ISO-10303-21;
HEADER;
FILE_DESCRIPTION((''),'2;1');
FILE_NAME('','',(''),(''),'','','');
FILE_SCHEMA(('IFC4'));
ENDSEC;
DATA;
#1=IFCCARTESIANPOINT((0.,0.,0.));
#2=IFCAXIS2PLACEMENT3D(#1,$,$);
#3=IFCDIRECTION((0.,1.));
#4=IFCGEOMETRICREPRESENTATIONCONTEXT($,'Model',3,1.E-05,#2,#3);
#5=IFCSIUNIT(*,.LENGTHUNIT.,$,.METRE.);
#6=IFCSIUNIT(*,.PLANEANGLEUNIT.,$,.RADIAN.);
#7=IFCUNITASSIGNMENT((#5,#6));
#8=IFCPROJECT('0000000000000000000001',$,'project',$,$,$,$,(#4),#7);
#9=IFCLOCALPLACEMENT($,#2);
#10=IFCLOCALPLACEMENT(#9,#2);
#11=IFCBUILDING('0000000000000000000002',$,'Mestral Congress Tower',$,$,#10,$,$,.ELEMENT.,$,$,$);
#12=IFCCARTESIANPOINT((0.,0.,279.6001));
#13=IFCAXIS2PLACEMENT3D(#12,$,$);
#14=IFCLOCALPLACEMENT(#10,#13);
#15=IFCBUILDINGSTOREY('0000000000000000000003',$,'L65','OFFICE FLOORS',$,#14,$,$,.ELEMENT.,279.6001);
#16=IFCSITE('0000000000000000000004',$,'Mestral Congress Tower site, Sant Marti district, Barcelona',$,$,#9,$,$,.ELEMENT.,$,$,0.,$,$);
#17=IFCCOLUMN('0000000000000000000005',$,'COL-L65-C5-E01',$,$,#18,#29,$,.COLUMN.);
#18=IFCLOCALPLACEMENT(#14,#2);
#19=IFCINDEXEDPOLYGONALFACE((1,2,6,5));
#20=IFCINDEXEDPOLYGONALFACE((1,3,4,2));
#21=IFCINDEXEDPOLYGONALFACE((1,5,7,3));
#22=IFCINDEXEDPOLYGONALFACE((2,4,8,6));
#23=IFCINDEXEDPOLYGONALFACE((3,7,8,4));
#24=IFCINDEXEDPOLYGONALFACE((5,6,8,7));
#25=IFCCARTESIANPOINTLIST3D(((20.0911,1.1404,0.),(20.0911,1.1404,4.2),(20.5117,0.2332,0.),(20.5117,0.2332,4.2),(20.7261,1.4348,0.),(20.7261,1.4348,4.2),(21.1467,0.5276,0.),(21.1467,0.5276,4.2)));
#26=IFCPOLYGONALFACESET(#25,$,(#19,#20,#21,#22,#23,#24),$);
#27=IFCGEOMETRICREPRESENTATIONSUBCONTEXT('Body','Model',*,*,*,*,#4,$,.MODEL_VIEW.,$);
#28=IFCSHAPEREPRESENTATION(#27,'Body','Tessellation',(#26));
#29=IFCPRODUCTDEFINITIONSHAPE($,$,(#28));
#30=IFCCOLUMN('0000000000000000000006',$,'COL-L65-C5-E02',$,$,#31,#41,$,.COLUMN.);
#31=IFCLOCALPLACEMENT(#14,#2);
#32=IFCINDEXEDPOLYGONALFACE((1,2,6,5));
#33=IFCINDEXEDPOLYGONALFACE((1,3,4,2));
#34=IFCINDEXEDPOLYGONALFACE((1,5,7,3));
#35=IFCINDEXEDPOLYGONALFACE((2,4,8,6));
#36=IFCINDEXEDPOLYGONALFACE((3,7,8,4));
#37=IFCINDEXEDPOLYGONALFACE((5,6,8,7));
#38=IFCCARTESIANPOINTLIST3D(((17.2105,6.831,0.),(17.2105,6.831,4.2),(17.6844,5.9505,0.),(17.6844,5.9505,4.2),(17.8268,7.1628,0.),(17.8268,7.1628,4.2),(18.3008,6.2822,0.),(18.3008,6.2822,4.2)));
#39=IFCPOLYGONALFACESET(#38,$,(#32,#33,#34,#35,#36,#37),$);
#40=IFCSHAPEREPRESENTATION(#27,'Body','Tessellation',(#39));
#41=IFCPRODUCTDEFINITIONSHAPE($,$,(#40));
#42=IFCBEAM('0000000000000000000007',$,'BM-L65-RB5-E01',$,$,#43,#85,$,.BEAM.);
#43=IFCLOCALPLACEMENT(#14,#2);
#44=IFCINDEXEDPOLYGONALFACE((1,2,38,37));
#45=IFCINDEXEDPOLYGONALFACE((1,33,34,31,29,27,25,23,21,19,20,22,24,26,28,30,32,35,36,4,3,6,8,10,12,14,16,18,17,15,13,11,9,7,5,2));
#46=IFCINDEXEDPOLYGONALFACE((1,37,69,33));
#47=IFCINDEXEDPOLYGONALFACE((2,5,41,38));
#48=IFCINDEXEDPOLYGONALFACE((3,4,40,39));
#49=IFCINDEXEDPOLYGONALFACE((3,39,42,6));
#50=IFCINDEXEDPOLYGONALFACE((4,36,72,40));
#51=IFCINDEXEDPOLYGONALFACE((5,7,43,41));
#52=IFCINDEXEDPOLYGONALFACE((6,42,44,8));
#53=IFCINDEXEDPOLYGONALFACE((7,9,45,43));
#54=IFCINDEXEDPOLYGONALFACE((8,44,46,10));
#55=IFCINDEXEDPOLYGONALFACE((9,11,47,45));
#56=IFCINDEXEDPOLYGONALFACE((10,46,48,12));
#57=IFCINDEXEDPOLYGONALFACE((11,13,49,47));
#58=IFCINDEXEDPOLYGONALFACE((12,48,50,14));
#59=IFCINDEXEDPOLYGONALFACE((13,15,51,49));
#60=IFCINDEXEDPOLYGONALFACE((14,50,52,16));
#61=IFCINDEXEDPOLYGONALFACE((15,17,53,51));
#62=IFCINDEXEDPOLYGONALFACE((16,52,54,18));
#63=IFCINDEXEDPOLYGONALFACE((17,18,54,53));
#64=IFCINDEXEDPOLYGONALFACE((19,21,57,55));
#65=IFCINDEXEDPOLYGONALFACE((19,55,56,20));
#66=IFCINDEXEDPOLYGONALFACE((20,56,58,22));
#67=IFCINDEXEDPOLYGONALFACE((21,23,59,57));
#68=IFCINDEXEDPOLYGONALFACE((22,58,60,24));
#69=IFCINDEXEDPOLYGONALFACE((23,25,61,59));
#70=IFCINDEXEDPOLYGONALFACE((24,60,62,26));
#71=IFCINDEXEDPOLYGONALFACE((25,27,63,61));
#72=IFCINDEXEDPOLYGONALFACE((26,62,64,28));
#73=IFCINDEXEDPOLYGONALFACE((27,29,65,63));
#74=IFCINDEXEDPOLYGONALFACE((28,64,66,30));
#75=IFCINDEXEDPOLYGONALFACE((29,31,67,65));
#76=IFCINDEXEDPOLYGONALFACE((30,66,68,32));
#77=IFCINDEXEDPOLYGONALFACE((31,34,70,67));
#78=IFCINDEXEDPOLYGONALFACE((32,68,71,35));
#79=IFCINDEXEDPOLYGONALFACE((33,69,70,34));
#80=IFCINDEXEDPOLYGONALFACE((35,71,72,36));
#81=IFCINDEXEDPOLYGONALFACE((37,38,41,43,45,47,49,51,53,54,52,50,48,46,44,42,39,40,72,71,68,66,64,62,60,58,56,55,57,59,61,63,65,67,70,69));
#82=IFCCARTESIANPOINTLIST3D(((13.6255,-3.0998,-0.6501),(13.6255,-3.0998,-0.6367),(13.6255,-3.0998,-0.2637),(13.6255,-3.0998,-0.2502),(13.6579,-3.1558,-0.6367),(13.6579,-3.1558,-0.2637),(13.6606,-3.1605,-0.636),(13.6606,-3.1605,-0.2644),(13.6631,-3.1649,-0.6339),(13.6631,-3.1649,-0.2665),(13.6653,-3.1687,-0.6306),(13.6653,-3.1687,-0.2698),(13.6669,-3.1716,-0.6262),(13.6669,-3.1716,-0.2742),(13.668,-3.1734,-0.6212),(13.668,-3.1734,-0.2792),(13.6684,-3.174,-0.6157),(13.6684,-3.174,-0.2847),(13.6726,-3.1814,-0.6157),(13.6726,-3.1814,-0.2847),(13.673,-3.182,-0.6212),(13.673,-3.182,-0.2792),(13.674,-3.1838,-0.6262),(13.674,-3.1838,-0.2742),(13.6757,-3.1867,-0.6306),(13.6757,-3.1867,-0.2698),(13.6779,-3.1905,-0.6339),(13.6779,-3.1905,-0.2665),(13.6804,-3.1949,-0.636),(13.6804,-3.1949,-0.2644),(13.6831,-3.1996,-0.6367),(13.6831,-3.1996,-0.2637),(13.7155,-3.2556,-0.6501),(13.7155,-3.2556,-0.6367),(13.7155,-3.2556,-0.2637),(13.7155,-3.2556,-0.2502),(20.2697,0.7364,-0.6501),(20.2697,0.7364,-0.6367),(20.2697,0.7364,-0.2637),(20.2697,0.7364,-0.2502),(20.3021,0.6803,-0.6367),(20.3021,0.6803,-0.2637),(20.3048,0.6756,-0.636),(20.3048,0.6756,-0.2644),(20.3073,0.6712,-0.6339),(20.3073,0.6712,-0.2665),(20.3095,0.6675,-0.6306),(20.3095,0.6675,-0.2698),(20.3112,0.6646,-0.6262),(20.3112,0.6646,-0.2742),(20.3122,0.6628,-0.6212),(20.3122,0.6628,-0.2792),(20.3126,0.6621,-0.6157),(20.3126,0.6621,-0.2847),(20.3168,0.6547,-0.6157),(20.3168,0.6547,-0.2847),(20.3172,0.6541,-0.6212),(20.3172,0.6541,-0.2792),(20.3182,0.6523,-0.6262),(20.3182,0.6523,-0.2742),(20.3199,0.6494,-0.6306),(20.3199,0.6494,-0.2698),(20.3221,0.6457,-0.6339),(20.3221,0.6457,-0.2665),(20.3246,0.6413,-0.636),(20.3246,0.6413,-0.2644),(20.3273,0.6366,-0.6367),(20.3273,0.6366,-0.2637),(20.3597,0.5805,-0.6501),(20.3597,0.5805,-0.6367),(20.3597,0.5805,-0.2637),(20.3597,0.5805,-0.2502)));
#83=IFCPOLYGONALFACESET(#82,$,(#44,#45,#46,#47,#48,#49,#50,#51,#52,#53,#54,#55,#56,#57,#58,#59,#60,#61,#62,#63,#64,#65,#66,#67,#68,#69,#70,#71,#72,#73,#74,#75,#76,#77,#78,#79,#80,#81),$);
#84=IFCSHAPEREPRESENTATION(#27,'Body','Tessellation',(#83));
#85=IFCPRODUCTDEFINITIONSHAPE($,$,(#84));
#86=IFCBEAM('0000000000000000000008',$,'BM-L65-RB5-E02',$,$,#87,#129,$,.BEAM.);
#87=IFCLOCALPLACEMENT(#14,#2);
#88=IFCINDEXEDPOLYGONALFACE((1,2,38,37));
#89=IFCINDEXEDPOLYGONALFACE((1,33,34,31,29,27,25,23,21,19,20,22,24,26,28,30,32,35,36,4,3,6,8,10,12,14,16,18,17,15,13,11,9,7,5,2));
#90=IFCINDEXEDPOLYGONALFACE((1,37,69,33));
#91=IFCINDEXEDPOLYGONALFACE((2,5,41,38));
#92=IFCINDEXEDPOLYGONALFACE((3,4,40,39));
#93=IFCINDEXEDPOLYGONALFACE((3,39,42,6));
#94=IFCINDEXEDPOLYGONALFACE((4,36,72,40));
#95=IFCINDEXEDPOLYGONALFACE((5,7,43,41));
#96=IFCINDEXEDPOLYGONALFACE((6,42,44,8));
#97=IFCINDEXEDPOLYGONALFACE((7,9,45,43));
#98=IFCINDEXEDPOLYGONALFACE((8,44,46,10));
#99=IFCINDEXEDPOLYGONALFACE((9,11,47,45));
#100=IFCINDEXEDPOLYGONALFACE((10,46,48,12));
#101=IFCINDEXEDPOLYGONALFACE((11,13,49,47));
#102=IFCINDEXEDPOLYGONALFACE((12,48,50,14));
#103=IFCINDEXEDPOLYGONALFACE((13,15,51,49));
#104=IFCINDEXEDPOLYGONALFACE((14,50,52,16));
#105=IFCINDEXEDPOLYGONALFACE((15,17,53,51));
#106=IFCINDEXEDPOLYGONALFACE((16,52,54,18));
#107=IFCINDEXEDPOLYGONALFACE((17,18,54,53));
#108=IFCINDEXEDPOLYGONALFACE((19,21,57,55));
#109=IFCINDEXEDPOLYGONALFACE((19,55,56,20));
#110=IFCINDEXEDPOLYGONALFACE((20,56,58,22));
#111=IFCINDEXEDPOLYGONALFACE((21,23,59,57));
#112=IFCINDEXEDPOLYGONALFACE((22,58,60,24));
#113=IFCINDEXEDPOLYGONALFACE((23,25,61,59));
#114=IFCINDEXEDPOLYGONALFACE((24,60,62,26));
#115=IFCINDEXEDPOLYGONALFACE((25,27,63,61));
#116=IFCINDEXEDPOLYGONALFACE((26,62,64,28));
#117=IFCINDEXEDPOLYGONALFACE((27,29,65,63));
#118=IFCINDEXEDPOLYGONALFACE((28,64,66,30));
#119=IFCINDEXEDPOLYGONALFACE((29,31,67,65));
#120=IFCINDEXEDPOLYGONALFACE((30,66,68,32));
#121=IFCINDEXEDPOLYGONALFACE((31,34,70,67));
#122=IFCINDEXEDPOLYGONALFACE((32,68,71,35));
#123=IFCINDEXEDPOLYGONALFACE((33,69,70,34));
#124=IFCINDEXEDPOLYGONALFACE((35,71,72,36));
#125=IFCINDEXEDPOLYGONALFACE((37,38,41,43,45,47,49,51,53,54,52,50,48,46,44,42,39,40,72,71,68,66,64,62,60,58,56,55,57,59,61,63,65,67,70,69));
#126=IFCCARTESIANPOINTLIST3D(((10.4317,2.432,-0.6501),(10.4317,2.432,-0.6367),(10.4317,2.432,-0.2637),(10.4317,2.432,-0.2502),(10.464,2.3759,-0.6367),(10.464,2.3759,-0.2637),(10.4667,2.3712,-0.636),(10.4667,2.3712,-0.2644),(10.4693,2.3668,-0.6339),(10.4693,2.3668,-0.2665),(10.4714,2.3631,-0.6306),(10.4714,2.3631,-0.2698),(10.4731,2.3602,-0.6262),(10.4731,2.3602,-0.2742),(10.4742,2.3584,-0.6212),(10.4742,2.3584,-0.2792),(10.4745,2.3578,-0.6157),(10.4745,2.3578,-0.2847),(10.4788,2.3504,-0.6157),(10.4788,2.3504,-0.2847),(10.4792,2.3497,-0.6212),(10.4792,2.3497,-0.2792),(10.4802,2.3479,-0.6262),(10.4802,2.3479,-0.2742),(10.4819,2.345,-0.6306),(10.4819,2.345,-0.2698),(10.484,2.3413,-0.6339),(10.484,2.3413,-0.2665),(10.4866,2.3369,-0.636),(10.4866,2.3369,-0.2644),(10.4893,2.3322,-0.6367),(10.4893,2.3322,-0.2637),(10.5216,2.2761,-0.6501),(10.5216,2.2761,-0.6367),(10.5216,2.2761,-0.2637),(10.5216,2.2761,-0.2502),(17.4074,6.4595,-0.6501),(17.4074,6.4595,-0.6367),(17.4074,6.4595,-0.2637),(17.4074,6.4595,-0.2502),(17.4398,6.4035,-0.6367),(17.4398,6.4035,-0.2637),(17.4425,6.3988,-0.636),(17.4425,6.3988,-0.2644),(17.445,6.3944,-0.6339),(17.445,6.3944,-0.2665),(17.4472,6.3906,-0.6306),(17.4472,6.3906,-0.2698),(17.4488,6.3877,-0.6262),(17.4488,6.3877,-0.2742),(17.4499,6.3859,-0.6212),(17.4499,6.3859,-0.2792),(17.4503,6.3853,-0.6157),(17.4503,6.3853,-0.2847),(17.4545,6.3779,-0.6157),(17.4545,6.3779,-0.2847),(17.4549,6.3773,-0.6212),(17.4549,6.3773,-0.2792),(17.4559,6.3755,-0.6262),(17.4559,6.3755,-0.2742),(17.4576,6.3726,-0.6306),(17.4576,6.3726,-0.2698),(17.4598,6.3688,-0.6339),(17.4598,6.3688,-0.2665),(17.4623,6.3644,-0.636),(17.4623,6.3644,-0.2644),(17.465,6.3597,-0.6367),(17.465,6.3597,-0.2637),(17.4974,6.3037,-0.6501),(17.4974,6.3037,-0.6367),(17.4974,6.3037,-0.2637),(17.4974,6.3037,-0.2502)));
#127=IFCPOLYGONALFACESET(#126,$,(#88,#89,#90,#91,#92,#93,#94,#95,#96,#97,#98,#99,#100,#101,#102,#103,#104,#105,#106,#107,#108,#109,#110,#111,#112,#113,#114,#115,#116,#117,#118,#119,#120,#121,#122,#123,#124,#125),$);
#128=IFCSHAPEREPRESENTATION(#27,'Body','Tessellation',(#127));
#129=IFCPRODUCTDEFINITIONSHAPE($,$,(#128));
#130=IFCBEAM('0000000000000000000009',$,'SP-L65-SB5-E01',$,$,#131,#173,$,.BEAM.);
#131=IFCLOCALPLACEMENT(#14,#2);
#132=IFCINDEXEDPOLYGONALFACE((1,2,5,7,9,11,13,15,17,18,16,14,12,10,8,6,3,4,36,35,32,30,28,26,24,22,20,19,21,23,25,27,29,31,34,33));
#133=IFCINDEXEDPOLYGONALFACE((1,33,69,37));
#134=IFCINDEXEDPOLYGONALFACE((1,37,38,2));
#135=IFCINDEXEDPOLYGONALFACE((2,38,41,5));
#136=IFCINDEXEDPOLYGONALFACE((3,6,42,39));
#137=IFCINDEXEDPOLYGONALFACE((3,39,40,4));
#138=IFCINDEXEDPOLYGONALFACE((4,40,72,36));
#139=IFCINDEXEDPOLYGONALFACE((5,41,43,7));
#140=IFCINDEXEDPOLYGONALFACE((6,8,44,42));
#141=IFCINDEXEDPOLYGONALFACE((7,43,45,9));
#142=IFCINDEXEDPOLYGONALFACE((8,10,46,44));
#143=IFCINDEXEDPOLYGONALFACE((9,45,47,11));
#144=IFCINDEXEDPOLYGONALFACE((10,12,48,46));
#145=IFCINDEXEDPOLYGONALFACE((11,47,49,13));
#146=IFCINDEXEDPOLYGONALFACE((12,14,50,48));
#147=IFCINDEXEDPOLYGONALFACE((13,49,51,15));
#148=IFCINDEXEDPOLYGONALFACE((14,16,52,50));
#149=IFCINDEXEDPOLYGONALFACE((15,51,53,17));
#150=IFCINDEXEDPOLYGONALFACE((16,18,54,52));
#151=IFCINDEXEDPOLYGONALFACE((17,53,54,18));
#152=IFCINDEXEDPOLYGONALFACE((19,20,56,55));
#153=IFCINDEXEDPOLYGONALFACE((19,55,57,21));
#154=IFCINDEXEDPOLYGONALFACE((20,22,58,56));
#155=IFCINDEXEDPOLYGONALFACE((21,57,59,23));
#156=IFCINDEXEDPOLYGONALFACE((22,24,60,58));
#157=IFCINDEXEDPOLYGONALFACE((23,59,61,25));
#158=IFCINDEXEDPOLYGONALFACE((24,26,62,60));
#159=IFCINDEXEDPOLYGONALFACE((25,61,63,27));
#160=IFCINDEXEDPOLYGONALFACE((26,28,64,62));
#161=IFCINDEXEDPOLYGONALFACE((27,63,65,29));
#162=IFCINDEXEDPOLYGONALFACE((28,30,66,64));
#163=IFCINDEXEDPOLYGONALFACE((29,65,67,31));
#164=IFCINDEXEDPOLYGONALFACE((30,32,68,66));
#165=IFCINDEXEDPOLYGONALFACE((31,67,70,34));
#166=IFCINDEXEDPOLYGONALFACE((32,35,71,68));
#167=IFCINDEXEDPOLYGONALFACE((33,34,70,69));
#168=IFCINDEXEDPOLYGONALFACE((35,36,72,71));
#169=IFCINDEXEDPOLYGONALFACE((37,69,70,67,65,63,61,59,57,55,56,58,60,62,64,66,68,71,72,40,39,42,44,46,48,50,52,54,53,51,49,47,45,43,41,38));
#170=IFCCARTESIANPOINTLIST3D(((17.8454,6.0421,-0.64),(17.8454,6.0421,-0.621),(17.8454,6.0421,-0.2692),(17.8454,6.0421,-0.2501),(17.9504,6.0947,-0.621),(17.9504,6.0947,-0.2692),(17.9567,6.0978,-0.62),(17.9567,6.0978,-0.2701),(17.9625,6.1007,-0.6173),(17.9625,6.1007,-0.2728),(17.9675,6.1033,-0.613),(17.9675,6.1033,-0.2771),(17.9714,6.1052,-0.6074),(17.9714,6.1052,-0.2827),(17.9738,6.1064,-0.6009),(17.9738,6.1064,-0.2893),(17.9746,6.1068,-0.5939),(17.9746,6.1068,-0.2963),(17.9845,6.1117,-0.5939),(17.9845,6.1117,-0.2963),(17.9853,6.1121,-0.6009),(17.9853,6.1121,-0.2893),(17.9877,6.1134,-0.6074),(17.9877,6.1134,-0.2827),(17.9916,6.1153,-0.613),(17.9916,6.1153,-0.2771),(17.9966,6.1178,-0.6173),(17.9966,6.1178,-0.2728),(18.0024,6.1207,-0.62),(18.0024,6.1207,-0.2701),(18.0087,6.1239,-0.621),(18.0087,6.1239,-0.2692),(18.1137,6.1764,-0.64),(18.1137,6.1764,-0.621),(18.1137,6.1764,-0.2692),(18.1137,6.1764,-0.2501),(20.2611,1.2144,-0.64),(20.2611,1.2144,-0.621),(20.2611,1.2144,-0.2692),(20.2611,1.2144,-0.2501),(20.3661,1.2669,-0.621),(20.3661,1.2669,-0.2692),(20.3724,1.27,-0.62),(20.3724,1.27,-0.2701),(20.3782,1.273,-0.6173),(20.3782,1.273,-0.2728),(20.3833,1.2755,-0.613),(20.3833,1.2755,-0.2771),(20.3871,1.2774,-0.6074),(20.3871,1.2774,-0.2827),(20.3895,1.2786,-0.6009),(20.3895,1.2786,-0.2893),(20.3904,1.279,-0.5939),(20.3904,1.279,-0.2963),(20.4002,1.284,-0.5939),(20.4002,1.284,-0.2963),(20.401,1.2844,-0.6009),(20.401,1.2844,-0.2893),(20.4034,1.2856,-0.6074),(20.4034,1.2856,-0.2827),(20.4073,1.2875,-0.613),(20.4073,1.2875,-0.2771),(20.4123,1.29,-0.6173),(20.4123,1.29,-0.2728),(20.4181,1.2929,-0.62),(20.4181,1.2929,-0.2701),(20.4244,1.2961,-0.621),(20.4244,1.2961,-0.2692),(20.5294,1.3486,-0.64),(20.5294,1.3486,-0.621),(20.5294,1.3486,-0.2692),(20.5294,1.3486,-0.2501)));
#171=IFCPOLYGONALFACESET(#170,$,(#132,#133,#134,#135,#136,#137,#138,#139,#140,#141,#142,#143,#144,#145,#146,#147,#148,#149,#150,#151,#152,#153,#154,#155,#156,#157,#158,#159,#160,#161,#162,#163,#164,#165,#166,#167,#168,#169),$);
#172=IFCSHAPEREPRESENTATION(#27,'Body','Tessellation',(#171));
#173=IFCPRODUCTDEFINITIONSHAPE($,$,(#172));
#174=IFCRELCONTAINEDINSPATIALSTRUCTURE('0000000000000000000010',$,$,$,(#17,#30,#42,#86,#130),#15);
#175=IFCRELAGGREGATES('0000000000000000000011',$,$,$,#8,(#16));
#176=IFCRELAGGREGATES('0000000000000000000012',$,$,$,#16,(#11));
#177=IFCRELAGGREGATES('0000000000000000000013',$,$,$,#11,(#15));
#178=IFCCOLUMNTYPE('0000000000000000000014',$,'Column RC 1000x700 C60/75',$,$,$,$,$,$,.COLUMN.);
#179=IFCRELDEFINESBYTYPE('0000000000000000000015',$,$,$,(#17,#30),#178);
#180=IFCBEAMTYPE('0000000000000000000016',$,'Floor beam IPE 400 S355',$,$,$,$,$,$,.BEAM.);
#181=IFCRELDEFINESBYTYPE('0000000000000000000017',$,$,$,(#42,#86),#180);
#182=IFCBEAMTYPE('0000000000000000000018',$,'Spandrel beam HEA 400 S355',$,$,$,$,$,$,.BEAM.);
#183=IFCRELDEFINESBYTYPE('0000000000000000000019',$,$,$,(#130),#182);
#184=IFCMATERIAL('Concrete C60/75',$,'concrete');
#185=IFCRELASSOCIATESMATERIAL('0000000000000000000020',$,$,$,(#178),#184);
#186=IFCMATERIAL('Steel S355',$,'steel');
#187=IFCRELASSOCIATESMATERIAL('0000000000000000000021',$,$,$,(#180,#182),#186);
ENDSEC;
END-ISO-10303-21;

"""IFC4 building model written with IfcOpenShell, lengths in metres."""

from ifc_helpers import new_model, si_unit, direction, frame, origin, origin_2d, place, context, subcontext, project, spatial, rectangle, i_section, extrude, material, material_profile, profile_set, type_object, element, save


model = new_model("IFC4")

# Units and contexts
model_context = context("Model", 3, precision=1e-05, world=origin(), true_north=direction((0.0, 1.0)))
body_context = subcontext(model_context, "Body", "Model", "MODEL_VIEW")
ifc_project = project(units=[si_unit("LENGTHUNIT", "METRE"), si_unit("PLANEANGLEUNIT", "RADIAN")], contexts=[model_context])

# Site, building, storey
site_placement = place(None, origin())
site = spatial("IfcSite", under=ifc_project, at=site_placement, Name="Mestral Congress Tower site, Sant Marti district, Barcelona", CompositionType="ELEMENT", RefElevation=0.0)
building_placement = place(site_placement, origin())
building = spatial("IfcBuilding", under=site, at=building_placement, Name="Mestral Congress Tower", CompositionType="ELEMENT")
storey_placement = place(building_placement, frame((0.0, 0.0, 279.6001)))
storey = spatial("IfcBuildingStorey", under=building, at=storey_placement, Name="L65", Description="OFFICE FLOORS", CompositionType="ELEMENT", Elevation=279.6001)

# Columns
ifc_material_1 = material(Name="Concrete C60/75", Category="concrete")
ifc_material_profile_1 = material_profile(ifc_material_1, rectangle(XDim=1.0, YDim=0.7, at=origin_2d()), Name="RC 1000x700")
ifc_profile_set_1 = profile_set([ifc_material_profile_1], Name="Concrete C60/75")
column_type = type_object("IfcColumnType", Name="Column RC 1000x700 C60/75", PredefinedType="COLUMN", material=ifc_profile_set_1)
for number, where, z_axis, x_axis, name in (
    (1, (20.6189, 0.834, 0.0), (0.0, 0.0, 1.0), (-0.420596, 0.907248, 0.0), "COL-L65-C5-E01"),
    (2, (17.7556, 6.5566, 0.0), (0.0, 0.0, 1.0), (-0.473945, 0.880554, 0.0), "COL-L65-C5-E02"),
):
    element("IfcColumn", number, at=place(storey_placement, frame(where, z_axis=z_axis, x_axis=x_axis)), inside=storey, type_object=column_type, Name=name, PredefinedType="COLUMN", context=body_context, shape_type="SweptSolid", body=[
        extrude(rectangle(XDim=1.0, YDim=0.7, at=origin_2d()), origin(), (0.0, 0.0, 1.0), 4.2),
    ])

# Beams
ifc_material_2 = material(Name="Steel S355", Category="steel")
ifc_material_profile_2 = material_profile(ifc_material_2, i_section(OverallWidth=0.1799, OverallDepth=0.3999, WebThickness=0.0085, FlangeThickness=0.0134, FilletRadius=0.021, at=origin_2d()), Name="IPE 400")
ifc_profile_set_2 = profile_set([ifc_material_profile_2], Name="Steel S355")
beam_type_1 = type_object("IfcBeamType", Name="Floor beam IPE 400 S355", PredefinedType="BEAM", material=ifc_profile_set_2)
beam_1_placement = place(storey_placement, frame((20.3147, 0.6584, -0.4502), z_axis=(-0.86602, -0.50001, 0.0), x_axis=(0.50001, -0.86602, 0.0)))
element("IfcBeam", 3, at=beam_1_placement, inside=storey, type_object=beam_type_1, Name="BM-L65-RB5-E01", PredefinedType="BEAM", context=body_context, shape_type="SweptSolid", body=[
    extrude(i_section(OverallWidth=0.1799, OverallDepth=0.3999, WebThickness=0.0085, FlangeThickness=0.0134, FilletRadius=0.021, at=origin_2d()), origin(), (0.0, 0.0, 1.0), 7.6721),
])
beam_2_placement = place(storey_placement, frame((17.4524, 6.3816, -0.4502), z_axis=(-0.866021, -0.500008, 0.0), x_axis=(0.500008, -0.866021, 0.0)))
element("IfcBeam", 4, at=beam_2_placement, inside=storey, type_object=beam_type_1, Name="BM-L65-RB5-E02", PredefinedType="BEAM", context=body_context, shape_type="SweptSolid", body=[
    extrude(i_section(OverallWidth=0.1799, OverallDepth=0.3999, WebThickness=0.0085, FlangeThickness=0.0134, FilletRadius=0.021, at=origin_2d()), origin(), (0.0, 0.0, 1.0), 8.0549),
])
ifc_material_profile_3 = material_profile(ifc_material_2, i_section(OverallWidth=0.3, OverallDepth=0.3899, WebThickness=0.011, FlangeThickness=0.019, FilletRadius=0.0271, at=origin_2d()), Name="HEA 400")
ifc_profile_set_3 = profile_set([ifc_material_profile_3], Name="Steel S355")
beam_type_2 = type_object("IfcBeamType", Name="Spandrel beam HEA 400 S355", PredefinedType="BEAM", material=ifc_profile_set_3)
beam_3_placement = place(storey_placement, frame((20.3953, 1.2815, -0.4451), z_axis=(-0.447485, 0.894291, 0.0), x_axis=(-0.894291, -0.447485, 0.0)))
element("IfcBeam", 5, at=beam_3_placement, inside=storey, type_object=beam_type_2, Name="SP-L65-SB5-E01", PredefinedType="BEAM", context=body_context, shape_type="SweptSolid", body=[
    extrude(i_section(OverallWidth=0.3, OverallDepth=0.3899, WebThickness=0.011, FlangeThickness=0.019, FilletRadius=0.0271, at=origin_2d()), origin(), (0.0, 0.0, 1.0), 5.3984),
])

save(model, "model.ifc")
